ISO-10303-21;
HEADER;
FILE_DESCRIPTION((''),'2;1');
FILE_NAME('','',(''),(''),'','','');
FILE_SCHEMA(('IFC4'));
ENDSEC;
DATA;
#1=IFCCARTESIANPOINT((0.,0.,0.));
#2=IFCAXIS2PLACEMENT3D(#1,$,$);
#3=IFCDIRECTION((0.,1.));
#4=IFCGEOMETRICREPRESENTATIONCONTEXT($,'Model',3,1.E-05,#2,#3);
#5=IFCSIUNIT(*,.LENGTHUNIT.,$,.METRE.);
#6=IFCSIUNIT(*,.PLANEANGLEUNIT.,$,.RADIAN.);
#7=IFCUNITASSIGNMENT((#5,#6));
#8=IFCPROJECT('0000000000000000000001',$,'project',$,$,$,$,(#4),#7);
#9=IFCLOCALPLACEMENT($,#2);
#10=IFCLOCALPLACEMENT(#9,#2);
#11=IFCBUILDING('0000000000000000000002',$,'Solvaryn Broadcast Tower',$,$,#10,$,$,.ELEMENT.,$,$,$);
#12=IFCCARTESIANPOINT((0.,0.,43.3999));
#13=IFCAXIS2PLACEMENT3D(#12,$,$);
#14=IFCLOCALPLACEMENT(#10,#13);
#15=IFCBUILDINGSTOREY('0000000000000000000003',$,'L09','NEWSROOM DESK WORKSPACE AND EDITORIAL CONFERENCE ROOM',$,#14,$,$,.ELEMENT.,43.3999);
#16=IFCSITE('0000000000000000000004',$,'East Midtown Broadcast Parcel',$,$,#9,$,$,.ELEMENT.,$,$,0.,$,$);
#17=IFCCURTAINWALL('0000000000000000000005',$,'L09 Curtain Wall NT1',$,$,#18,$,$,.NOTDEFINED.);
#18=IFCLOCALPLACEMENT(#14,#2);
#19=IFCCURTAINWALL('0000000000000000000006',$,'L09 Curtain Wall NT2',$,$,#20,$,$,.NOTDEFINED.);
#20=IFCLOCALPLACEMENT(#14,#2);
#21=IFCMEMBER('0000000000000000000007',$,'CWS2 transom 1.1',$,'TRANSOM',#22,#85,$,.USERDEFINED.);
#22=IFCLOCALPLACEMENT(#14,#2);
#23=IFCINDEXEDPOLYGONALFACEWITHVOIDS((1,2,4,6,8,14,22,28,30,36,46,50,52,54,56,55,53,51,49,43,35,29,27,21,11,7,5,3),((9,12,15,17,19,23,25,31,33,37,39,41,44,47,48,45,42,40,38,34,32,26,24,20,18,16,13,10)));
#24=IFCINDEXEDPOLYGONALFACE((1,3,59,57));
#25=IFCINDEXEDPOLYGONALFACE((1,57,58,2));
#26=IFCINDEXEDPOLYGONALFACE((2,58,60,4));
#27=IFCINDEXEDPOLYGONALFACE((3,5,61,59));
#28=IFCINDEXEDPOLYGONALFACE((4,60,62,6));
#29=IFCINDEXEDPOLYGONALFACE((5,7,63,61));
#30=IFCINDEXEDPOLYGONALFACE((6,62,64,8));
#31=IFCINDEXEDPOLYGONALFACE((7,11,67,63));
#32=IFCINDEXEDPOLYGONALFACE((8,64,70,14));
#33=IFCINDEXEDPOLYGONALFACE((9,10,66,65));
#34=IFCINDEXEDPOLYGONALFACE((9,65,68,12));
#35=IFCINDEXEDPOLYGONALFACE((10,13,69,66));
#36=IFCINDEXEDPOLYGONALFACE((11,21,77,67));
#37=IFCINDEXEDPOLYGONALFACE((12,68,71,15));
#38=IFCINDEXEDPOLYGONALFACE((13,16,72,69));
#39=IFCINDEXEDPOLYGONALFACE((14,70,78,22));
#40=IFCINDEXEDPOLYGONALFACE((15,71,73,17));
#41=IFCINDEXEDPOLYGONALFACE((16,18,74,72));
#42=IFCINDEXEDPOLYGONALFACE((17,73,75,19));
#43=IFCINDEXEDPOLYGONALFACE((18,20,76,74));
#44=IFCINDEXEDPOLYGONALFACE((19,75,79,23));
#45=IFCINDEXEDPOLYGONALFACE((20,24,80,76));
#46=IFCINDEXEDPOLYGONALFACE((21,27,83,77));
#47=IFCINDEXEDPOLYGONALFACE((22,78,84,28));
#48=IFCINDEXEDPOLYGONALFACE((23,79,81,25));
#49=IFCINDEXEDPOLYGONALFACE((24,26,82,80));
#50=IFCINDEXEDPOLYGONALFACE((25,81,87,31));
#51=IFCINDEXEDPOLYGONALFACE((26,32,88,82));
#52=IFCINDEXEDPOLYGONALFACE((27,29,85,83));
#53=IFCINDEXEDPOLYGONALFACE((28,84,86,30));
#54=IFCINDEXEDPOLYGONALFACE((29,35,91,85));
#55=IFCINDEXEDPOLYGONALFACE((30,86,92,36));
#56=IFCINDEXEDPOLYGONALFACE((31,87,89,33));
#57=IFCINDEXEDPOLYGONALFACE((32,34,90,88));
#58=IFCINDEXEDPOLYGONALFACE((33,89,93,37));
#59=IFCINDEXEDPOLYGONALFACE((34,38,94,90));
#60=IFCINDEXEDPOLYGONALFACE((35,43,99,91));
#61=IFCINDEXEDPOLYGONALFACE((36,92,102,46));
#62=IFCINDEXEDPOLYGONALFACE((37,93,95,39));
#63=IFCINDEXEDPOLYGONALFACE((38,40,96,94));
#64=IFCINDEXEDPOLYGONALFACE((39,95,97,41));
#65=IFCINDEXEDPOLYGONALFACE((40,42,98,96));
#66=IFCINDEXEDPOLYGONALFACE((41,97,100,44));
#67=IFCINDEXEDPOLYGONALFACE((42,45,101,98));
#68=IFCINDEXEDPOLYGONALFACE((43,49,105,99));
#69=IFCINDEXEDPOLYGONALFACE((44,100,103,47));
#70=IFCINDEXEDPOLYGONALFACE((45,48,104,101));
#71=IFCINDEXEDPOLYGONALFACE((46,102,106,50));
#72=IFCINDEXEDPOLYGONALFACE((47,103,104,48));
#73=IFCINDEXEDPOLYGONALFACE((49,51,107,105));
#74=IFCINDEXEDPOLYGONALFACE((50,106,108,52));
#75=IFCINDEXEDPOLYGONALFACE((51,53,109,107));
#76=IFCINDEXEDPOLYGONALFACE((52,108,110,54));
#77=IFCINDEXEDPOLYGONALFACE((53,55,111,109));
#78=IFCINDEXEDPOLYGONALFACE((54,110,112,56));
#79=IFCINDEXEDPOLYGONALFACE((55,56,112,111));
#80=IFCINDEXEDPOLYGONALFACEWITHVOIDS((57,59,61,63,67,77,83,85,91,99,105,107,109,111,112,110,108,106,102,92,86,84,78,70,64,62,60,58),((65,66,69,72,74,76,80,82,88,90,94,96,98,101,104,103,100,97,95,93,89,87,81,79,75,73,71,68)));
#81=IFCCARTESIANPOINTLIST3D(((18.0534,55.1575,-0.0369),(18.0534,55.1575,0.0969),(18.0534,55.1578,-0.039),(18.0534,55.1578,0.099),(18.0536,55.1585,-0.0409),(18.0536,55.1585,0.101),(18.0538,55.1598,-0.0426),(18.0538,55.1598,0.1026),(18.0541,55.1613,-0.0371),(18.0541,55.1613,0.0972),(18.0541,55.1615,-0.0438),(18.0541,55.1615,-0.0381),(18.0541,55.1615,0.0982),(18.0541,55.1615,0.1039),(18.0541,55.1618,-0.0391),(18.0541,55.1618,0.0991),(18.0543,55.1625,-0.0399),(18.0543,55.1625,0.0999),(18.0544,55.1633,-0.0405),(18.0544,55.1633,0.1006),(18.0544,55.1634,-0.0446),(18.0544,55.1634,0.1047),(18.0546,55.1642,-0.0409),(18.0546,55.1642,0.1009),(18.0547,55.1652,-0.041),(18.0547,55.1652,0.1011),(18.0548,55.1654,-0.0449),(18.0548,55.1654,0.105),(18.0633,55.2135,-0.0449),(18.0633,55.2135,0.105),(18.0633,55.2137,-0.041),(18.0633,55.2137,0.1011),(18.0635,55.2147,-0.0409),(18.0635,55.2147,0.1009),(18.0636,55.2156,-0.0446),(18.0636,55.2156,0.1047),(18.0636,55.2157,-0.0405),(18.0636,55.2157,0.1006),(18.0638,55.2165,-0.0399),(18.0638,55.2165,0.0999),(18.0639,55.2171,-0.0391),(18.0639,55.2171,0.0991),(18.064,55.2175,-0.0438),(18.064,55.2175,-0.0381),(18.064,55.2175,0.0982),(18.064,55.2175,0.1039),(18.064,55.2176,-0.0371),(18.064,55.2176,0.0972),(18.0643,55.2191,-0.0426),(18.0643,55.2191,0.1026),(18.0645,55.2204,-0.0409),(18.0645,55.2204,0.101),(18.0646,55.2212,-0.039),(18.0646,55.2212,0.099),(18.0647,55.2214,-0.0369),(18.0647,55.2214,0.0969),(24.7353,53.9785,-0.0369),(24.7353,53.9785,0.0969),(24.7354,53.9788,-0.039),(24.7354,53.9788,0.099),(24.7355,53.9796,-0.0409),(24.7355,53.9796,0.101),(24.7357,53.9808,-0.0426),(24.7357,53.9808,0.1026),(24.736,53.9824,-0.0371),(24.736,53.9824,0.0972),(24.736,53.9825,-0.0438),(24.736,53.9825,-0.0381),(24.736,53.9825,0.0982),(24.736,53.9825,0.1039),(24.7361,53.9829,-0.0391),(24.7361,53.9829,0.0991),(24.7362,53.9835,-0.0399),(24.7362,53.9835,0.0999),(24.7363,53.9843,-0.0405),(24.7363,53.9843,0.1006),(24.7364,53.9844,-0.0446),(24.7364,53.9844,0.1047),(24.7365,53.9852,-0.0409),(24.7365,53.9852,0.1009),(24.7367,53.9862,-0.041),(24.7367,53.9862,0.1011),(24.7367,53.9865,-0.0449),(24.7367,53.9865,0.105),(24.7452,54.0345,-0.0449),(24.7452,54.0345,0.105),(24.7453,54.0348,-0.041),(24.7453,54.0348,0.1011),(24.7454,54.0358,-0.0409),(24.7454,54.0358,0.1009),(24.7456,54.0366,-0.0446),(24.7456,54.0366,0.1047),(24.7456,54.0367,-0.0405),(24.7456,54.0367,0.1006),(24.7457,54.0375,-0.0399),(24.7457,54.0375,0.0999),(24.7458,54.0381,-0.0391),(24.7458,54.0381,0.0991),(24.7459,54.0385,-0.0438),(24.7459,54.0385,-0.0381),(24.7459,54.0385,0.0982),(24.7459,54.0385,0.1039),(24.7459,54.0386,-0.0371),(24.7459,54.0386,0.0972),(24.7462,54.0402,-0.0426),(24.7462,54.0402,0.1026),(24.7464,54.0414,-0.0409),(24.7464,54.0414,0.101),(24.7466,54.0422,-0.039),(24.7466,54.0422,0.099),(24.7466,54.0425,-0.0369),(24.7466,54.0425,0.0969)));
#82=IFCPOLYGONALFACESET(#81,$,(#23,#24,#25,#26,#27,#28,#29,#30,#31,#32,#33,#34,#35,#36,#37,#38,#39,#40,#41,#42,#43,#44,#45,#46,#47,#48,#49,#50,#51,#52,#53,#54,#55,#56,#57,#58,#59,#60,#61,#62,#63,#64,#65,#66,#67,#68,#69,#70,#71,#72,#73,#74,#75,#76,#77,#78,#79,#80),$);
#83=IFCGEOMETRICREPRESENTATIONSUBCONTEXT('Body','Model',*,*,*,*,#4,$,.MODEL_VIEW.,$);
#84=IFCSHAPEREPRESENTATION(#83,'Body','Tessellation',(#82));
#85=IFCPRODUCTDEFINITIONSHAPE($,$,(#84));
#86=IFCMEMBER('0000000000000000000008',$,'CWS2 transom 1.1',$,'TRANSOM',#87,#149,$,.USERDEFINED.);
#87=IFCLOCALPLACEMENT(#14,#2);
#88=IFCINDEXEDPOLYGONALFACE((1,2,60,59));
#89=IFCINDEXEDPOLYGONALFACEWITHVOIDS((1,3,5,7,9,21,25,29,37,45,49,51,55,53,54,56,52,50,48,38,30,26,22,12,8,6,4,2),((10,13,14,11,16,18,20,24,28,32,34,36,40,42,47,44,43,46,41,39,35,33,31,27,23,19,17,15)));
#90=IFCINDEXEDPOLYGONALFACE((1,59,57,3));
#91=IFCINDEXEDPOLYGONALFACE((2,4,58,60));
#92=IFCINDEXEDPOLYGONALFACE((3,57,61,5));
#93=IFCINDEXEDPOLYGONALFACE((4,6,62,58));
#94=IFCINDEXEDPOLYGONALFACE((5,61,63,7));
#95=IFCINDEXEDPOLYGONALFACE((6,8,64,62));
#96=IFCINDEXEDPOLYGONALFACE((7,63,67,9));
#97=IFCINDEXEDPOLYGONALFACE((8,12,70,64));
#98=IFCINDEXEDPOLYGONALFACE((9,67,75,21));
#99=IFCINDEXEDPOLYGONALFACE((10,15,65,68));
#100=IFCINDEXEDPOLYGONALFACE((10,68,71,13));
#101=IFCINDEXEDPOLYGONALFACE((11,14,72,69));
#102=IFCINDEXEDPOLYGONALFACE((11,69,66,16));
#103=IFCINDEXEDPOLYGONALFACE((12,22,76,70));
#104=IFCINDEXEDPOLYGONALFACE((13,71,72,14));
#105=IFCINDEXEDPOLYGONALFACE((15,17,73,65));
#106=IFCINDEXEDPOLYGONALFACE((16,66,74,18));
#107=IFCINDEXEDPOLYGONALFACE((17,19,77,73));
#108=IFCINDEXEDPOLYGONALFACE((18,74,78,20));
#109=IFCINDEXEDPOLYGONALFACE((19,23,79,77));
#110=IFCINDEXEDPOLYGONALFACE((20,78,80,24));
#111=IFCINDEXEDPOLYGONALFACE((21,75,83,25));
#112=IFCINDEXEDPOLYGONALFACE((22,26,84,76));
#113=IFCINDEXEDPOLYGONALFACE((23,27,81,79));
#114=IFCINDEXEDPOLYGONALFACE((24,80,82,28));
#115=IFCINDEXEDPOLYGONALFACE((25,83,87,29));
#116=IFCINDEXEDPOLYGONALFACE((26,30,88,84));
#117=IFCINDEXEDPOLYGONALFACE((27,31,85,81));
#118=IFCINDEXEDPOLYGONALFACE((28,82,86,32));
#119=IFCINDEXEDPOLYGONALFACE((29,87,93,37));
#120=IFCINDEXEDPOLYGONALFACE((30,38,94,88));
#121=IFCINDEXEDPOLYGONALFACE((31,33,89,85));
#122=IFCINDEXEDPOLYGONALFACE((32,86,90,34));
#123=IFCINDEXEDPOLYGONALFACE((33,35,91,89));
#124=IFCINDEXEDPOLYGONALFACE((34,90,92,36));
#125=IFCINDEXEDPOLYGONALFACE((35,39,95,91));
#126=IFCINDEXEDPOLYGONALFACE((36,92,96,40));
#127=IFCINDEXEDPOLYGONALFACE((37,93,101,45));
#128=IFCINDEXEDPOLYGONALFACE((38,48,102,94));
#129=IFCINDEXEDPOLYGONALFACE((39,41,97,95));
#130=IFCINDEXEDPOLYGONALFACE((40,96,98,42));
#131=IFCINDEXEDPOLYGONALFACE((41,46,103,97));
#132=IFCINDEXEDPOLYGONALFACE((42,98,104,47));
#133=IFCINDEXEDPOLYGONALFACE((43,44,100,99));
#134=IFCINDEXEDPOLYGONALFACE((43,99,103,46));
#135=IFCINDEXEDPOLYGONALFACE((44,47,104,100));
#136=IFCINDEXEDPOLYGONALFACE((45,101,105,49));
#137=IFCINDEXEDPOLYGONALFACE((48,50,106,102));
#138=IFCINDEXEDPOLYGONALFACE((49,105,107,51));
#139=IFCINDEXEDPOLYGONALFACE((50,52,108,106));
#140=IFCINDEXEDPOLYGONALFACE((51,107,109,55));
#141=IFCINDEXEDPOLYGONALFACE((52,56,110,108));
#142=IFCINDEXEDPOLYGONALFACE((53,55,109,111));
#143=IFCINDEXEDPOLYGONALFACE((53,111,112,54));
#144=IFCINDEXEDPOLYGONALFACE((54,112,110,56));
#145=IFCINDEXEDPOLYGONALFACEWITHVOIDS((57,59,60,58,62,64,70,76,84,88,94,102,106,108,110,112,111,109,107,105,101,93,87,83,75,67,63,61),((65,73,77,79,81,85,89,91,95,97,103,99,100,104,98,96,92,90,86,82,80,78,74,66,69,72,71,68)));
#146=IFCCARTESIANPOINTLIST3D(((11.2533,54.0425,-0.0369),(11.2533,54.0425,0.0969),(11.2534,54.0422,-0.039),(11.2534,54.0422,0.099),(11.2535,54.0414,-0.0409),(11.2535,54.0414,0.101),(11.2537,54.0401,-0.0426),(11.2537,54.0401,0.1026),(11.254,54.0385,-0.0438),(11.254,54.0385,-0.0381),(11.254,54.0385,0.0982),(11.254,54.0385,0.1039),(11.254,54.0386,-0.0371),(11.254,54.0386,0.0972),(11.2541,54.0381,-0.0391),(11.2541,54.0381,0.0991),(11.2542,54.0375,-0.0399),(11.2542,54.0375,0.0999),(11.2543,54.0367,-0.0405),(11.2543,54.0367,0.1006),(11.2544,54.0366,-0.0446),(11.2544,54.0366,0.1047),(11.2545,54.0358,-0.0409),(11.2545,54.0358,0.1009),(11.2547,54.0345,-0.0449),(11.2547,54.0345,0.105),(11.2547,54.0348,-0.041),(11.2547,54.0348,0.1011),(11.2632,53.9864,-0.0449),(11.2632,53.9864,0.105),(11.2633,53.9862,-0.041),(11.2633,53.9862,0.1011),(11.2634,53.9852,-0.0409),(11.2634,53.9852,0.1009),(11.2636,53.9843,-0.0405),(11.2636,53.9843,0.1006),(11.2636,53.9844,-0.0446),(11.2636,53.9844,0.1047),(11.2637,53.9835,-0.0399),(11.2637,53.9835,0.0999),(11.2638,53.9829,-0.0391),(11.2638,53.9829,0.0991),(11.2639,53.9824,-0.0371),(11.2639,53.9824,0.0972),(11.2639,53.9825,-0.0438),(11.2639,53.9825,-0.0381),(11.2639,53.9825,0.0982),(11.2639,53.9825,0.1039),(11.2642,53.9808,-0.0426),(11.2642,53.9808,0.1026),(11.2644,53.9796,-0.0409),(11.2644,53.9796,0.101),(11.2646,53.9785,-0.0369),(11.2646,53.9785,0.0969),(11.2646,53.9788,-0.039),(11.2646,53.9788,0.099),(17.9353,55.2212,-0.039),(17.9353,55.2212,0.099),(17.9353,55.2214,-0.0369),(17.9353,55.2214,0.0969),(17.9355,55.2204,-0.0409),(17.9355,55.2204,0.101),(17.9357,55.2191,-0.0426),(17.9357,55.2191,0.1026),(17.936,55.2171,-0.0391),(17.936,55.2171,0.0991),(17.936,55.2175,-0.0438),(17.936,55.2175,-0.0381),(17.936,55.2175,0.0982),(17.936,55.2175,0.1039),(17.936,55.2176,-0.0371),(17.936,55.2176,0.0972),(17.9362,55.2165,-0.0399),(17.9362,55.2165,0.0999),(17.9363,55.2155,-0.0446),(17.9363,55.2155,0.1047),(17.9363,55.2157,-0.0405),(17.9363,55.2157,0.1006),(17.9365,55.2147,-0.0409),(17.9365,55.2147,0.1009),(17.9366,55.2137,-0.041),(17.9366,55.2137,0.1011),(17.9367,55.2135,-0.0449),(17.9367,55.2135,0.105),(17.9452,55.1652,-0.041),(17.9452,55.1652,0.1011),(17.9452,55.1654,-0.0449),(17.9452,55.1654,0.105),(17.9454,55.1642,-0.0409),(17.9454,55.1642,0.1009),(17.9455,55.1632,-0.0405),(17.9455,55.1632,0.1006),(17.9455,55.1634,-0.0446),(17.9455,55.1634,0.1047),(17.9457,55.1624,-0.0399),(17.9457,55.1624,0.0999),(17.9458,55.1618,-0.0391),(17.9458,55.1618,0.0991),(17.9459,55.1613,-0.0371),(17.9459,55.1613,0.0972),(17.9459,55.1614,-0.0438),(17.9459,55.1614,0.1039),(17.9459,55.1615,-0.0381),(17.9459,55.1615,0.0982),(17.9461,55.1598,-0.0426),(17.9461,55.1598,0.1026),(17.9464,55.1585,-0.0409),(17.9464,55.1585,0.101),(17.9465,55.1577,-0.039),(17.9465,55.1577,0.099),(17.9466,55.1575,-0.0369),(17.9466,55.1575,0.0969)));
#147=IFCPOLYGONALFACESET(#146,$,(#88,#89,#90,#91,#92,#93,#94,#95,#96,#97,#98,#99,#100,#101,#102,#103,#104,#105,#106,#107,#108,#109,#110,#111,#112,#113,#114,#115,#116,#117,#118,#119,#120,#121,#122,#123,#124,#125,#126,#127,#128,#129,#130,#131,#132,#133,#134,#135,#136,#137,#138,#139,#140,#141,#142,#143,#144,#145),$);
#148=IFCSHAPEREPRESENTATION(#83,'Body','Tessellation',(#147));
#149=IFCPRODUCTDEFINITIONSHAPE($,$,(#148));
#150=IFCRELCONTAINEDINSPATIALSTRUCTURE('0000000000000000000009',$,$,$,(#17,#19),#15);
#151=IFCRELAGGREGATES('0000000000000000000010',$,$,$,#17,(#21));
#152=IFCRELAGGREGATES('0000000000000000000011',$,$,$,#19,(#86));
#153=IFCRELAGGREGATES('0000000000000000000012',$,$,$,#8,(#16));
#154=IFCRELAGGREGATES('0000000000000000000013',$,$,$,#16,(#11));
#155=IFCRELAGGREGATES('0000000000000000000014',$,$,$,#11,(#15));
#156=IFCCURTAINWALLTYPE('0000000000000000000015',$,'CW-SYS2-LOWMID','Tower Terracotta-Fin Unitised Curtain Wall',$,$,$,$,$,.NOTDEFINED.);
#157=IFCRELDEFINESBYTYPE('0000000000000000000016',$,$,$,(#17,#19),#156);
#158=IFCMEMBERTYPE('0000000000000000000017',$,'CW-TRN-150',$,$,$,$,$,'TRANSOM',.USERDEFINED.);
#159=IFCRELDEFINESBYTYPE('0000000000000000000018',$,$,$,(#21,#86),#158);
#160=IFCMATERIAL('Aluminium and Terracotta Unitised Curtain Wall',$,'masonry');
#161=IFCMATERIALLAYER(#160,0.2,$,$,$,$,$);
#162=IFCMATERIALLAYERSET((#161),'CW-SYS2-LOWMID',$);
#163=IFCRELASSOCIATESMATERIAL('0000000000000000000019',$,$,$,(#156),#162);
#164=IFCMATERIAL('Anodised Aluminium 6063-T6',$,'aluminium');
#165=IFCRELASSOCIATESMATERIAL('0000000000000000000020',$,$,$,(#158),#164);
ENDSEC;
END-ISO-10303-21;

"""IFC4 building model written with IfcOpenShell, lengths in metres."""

from ifc_helpers import new_model, si_unit, direction, frame, origin, origin_2d, place, context, subcontext, project, spatial, hollow_rectangle, extrude, material, layer, layer_set, material_profile, profile_set, type_object, element, aggregate, save


model = new_model("IFC4")

# Units and contexts
model_context = context("Model", 3, precision=1e-05, world=origin(), true_north=direction((0.0, 1.0)))
body_context = subcontext(model_context, "Body", "Model", "MODEL_VIEW")
ifc_project = project(units=[si_unit("LENGTHUNIT", "METRE"), si_unit("PLANEANGLEUNIT", "RADIAN")], contexts=[model_context])

# Site, building, storey
site_placement = place(None, origin())
site = spatial("IfcSite", under=ifc_project, at=site_placement, Name="East Midtown Broadcast Parcel", CompositionType="ELEMENT", RefElevation=0.0)
building_placement = place(site_placement, origin())
building = spatial("IfcBuilding", under=site, at=building_placement, Name="Solvaryn Broadcast Tower", CompositionType="ELEMENT")
storey_placement = place(building_placement, frame((0.0, 0.0, 43.3999)))
storey = spatial("IfcBuildingStorey", under=building, at=storey_placement, Name="L09", Description="NEWSROOM DESK WORKSPACE AND EDITORIAL CONFERENCE ROOM", CompositionType="ELEMENT", Elevation=43.3999)

# Curtain walls
ifc_material_1 = material(Name="Aluminium and Terracotta Unitised Curtain Wall", Category="masonry")
ifc_layer_1 = layer(ifc_material_1, 0.2)
ifc_layer_set_1 = layer_set([ifc_layer_1], Name="CW-SYS2-LOWMID")
curtain_wall_type = type_object("IfcCurtainWallType", Name="CW-SYS2-LOWMID", Description="Tower Terracotta-Fin Unitised Curtain Wall", PredefinedType="NOTDEFINED", material=ifc_layer_set_1)
curtain_wall_1_placement = place(storey_placement, origin())
curtain_wall_1 = element("IfcCurtainWall", 1, at=curtain_wall_1_placement, inside=storey, type_object=curtain_wall_type, Name="L09 Curtain Wall NT1", PredefinedType="NOTDEFINED")
curtain_wall_2_placement = place(storey_placement, origin())
curtain_wall_2 = element("IfcCurtainWall", 2, at=curtain_wall_2_placement, inside=storey, type_object=curtain_wall_type, Name="L09 Curtain Wall NT2", PredefinedType="NOTDEFINED")

# Members
ifc_material_2 = material(Name="Anodised Aluminium 6063-T6", Category="aluminium")
ifc_material_profile_1 = material_profile(ifc_material_2, hollow_rectangle(XDim=0.0649, YDim=0.1499, WallThickness=0.0039, InnerFilletRadius=0.0039, OuterFilletRadius=0.0081, at=origin_2d()))
ifc_profile_set_1 = profile_set([ifc_material_profile_1], Name="Anodised Aluminium 6063-T6")
member_type_1 = type_object("IfcMemberType", Name="CW-TRN-150", ElementType="TRANSOM", PredefinedType="USERDEFINED", material=ifc_profile_set_1)
member_1_placement = place(storey_placement, frame((24.741, 54.0105, 0.03), z_axis=(-0.984789, 0.173757, 0.0), x_axis=(-0.173757, -0.984789, 0.0)))
member_1 = element("IfcMember", 3, at=member_1_placement, type_object=member_type_1, Name="CWS2 transom 1.1", ObjectType="TRANSOM", PredefinedType="USERDEFINED", context=body_context, shape_type="SweptSolid", body=[
    extrude(hollow_rectangle(XDim=0.0649, YDim=0.1499, WallThickness=0.0039, InnerFilletRadius=0.0039, OuterFilletRadius=0.0081, at=origin_2d()), origin(), (0.0, 0.0, 1.0), 6.7852),
])
member_2_placement = place(storey_placement, frame((17.9409, 55.1895, 0.03), z_axis=(-0.984789, -0.173757, 0.0), x_axis=(0.173757, -0.984789, 0.0)))
member_2 = element("IfcMember", 4, at=member_2_placement, type_object=member_type_1, Name="CWS2 transom 1.1", ObjectType="TRANSOM", PredefinedType="USERDEFINED", context=body_context, shape_type="SweptSolid", body=[
    extrude(hollow_rectangle(XDim=0.0649, YDim=0.1499, WallThickness=0.0039, InnerFilletRadius=0.0039, OuterFilletRadius=0.0081, at=origin_2d()), origin(), (0.0, 0.0, 1.0), 6.7852),
])

aggregate(curtain_wall_1, [member_1])
aggregate(curtain_wall_2, [member_2])

save(model, "model.ifc")
